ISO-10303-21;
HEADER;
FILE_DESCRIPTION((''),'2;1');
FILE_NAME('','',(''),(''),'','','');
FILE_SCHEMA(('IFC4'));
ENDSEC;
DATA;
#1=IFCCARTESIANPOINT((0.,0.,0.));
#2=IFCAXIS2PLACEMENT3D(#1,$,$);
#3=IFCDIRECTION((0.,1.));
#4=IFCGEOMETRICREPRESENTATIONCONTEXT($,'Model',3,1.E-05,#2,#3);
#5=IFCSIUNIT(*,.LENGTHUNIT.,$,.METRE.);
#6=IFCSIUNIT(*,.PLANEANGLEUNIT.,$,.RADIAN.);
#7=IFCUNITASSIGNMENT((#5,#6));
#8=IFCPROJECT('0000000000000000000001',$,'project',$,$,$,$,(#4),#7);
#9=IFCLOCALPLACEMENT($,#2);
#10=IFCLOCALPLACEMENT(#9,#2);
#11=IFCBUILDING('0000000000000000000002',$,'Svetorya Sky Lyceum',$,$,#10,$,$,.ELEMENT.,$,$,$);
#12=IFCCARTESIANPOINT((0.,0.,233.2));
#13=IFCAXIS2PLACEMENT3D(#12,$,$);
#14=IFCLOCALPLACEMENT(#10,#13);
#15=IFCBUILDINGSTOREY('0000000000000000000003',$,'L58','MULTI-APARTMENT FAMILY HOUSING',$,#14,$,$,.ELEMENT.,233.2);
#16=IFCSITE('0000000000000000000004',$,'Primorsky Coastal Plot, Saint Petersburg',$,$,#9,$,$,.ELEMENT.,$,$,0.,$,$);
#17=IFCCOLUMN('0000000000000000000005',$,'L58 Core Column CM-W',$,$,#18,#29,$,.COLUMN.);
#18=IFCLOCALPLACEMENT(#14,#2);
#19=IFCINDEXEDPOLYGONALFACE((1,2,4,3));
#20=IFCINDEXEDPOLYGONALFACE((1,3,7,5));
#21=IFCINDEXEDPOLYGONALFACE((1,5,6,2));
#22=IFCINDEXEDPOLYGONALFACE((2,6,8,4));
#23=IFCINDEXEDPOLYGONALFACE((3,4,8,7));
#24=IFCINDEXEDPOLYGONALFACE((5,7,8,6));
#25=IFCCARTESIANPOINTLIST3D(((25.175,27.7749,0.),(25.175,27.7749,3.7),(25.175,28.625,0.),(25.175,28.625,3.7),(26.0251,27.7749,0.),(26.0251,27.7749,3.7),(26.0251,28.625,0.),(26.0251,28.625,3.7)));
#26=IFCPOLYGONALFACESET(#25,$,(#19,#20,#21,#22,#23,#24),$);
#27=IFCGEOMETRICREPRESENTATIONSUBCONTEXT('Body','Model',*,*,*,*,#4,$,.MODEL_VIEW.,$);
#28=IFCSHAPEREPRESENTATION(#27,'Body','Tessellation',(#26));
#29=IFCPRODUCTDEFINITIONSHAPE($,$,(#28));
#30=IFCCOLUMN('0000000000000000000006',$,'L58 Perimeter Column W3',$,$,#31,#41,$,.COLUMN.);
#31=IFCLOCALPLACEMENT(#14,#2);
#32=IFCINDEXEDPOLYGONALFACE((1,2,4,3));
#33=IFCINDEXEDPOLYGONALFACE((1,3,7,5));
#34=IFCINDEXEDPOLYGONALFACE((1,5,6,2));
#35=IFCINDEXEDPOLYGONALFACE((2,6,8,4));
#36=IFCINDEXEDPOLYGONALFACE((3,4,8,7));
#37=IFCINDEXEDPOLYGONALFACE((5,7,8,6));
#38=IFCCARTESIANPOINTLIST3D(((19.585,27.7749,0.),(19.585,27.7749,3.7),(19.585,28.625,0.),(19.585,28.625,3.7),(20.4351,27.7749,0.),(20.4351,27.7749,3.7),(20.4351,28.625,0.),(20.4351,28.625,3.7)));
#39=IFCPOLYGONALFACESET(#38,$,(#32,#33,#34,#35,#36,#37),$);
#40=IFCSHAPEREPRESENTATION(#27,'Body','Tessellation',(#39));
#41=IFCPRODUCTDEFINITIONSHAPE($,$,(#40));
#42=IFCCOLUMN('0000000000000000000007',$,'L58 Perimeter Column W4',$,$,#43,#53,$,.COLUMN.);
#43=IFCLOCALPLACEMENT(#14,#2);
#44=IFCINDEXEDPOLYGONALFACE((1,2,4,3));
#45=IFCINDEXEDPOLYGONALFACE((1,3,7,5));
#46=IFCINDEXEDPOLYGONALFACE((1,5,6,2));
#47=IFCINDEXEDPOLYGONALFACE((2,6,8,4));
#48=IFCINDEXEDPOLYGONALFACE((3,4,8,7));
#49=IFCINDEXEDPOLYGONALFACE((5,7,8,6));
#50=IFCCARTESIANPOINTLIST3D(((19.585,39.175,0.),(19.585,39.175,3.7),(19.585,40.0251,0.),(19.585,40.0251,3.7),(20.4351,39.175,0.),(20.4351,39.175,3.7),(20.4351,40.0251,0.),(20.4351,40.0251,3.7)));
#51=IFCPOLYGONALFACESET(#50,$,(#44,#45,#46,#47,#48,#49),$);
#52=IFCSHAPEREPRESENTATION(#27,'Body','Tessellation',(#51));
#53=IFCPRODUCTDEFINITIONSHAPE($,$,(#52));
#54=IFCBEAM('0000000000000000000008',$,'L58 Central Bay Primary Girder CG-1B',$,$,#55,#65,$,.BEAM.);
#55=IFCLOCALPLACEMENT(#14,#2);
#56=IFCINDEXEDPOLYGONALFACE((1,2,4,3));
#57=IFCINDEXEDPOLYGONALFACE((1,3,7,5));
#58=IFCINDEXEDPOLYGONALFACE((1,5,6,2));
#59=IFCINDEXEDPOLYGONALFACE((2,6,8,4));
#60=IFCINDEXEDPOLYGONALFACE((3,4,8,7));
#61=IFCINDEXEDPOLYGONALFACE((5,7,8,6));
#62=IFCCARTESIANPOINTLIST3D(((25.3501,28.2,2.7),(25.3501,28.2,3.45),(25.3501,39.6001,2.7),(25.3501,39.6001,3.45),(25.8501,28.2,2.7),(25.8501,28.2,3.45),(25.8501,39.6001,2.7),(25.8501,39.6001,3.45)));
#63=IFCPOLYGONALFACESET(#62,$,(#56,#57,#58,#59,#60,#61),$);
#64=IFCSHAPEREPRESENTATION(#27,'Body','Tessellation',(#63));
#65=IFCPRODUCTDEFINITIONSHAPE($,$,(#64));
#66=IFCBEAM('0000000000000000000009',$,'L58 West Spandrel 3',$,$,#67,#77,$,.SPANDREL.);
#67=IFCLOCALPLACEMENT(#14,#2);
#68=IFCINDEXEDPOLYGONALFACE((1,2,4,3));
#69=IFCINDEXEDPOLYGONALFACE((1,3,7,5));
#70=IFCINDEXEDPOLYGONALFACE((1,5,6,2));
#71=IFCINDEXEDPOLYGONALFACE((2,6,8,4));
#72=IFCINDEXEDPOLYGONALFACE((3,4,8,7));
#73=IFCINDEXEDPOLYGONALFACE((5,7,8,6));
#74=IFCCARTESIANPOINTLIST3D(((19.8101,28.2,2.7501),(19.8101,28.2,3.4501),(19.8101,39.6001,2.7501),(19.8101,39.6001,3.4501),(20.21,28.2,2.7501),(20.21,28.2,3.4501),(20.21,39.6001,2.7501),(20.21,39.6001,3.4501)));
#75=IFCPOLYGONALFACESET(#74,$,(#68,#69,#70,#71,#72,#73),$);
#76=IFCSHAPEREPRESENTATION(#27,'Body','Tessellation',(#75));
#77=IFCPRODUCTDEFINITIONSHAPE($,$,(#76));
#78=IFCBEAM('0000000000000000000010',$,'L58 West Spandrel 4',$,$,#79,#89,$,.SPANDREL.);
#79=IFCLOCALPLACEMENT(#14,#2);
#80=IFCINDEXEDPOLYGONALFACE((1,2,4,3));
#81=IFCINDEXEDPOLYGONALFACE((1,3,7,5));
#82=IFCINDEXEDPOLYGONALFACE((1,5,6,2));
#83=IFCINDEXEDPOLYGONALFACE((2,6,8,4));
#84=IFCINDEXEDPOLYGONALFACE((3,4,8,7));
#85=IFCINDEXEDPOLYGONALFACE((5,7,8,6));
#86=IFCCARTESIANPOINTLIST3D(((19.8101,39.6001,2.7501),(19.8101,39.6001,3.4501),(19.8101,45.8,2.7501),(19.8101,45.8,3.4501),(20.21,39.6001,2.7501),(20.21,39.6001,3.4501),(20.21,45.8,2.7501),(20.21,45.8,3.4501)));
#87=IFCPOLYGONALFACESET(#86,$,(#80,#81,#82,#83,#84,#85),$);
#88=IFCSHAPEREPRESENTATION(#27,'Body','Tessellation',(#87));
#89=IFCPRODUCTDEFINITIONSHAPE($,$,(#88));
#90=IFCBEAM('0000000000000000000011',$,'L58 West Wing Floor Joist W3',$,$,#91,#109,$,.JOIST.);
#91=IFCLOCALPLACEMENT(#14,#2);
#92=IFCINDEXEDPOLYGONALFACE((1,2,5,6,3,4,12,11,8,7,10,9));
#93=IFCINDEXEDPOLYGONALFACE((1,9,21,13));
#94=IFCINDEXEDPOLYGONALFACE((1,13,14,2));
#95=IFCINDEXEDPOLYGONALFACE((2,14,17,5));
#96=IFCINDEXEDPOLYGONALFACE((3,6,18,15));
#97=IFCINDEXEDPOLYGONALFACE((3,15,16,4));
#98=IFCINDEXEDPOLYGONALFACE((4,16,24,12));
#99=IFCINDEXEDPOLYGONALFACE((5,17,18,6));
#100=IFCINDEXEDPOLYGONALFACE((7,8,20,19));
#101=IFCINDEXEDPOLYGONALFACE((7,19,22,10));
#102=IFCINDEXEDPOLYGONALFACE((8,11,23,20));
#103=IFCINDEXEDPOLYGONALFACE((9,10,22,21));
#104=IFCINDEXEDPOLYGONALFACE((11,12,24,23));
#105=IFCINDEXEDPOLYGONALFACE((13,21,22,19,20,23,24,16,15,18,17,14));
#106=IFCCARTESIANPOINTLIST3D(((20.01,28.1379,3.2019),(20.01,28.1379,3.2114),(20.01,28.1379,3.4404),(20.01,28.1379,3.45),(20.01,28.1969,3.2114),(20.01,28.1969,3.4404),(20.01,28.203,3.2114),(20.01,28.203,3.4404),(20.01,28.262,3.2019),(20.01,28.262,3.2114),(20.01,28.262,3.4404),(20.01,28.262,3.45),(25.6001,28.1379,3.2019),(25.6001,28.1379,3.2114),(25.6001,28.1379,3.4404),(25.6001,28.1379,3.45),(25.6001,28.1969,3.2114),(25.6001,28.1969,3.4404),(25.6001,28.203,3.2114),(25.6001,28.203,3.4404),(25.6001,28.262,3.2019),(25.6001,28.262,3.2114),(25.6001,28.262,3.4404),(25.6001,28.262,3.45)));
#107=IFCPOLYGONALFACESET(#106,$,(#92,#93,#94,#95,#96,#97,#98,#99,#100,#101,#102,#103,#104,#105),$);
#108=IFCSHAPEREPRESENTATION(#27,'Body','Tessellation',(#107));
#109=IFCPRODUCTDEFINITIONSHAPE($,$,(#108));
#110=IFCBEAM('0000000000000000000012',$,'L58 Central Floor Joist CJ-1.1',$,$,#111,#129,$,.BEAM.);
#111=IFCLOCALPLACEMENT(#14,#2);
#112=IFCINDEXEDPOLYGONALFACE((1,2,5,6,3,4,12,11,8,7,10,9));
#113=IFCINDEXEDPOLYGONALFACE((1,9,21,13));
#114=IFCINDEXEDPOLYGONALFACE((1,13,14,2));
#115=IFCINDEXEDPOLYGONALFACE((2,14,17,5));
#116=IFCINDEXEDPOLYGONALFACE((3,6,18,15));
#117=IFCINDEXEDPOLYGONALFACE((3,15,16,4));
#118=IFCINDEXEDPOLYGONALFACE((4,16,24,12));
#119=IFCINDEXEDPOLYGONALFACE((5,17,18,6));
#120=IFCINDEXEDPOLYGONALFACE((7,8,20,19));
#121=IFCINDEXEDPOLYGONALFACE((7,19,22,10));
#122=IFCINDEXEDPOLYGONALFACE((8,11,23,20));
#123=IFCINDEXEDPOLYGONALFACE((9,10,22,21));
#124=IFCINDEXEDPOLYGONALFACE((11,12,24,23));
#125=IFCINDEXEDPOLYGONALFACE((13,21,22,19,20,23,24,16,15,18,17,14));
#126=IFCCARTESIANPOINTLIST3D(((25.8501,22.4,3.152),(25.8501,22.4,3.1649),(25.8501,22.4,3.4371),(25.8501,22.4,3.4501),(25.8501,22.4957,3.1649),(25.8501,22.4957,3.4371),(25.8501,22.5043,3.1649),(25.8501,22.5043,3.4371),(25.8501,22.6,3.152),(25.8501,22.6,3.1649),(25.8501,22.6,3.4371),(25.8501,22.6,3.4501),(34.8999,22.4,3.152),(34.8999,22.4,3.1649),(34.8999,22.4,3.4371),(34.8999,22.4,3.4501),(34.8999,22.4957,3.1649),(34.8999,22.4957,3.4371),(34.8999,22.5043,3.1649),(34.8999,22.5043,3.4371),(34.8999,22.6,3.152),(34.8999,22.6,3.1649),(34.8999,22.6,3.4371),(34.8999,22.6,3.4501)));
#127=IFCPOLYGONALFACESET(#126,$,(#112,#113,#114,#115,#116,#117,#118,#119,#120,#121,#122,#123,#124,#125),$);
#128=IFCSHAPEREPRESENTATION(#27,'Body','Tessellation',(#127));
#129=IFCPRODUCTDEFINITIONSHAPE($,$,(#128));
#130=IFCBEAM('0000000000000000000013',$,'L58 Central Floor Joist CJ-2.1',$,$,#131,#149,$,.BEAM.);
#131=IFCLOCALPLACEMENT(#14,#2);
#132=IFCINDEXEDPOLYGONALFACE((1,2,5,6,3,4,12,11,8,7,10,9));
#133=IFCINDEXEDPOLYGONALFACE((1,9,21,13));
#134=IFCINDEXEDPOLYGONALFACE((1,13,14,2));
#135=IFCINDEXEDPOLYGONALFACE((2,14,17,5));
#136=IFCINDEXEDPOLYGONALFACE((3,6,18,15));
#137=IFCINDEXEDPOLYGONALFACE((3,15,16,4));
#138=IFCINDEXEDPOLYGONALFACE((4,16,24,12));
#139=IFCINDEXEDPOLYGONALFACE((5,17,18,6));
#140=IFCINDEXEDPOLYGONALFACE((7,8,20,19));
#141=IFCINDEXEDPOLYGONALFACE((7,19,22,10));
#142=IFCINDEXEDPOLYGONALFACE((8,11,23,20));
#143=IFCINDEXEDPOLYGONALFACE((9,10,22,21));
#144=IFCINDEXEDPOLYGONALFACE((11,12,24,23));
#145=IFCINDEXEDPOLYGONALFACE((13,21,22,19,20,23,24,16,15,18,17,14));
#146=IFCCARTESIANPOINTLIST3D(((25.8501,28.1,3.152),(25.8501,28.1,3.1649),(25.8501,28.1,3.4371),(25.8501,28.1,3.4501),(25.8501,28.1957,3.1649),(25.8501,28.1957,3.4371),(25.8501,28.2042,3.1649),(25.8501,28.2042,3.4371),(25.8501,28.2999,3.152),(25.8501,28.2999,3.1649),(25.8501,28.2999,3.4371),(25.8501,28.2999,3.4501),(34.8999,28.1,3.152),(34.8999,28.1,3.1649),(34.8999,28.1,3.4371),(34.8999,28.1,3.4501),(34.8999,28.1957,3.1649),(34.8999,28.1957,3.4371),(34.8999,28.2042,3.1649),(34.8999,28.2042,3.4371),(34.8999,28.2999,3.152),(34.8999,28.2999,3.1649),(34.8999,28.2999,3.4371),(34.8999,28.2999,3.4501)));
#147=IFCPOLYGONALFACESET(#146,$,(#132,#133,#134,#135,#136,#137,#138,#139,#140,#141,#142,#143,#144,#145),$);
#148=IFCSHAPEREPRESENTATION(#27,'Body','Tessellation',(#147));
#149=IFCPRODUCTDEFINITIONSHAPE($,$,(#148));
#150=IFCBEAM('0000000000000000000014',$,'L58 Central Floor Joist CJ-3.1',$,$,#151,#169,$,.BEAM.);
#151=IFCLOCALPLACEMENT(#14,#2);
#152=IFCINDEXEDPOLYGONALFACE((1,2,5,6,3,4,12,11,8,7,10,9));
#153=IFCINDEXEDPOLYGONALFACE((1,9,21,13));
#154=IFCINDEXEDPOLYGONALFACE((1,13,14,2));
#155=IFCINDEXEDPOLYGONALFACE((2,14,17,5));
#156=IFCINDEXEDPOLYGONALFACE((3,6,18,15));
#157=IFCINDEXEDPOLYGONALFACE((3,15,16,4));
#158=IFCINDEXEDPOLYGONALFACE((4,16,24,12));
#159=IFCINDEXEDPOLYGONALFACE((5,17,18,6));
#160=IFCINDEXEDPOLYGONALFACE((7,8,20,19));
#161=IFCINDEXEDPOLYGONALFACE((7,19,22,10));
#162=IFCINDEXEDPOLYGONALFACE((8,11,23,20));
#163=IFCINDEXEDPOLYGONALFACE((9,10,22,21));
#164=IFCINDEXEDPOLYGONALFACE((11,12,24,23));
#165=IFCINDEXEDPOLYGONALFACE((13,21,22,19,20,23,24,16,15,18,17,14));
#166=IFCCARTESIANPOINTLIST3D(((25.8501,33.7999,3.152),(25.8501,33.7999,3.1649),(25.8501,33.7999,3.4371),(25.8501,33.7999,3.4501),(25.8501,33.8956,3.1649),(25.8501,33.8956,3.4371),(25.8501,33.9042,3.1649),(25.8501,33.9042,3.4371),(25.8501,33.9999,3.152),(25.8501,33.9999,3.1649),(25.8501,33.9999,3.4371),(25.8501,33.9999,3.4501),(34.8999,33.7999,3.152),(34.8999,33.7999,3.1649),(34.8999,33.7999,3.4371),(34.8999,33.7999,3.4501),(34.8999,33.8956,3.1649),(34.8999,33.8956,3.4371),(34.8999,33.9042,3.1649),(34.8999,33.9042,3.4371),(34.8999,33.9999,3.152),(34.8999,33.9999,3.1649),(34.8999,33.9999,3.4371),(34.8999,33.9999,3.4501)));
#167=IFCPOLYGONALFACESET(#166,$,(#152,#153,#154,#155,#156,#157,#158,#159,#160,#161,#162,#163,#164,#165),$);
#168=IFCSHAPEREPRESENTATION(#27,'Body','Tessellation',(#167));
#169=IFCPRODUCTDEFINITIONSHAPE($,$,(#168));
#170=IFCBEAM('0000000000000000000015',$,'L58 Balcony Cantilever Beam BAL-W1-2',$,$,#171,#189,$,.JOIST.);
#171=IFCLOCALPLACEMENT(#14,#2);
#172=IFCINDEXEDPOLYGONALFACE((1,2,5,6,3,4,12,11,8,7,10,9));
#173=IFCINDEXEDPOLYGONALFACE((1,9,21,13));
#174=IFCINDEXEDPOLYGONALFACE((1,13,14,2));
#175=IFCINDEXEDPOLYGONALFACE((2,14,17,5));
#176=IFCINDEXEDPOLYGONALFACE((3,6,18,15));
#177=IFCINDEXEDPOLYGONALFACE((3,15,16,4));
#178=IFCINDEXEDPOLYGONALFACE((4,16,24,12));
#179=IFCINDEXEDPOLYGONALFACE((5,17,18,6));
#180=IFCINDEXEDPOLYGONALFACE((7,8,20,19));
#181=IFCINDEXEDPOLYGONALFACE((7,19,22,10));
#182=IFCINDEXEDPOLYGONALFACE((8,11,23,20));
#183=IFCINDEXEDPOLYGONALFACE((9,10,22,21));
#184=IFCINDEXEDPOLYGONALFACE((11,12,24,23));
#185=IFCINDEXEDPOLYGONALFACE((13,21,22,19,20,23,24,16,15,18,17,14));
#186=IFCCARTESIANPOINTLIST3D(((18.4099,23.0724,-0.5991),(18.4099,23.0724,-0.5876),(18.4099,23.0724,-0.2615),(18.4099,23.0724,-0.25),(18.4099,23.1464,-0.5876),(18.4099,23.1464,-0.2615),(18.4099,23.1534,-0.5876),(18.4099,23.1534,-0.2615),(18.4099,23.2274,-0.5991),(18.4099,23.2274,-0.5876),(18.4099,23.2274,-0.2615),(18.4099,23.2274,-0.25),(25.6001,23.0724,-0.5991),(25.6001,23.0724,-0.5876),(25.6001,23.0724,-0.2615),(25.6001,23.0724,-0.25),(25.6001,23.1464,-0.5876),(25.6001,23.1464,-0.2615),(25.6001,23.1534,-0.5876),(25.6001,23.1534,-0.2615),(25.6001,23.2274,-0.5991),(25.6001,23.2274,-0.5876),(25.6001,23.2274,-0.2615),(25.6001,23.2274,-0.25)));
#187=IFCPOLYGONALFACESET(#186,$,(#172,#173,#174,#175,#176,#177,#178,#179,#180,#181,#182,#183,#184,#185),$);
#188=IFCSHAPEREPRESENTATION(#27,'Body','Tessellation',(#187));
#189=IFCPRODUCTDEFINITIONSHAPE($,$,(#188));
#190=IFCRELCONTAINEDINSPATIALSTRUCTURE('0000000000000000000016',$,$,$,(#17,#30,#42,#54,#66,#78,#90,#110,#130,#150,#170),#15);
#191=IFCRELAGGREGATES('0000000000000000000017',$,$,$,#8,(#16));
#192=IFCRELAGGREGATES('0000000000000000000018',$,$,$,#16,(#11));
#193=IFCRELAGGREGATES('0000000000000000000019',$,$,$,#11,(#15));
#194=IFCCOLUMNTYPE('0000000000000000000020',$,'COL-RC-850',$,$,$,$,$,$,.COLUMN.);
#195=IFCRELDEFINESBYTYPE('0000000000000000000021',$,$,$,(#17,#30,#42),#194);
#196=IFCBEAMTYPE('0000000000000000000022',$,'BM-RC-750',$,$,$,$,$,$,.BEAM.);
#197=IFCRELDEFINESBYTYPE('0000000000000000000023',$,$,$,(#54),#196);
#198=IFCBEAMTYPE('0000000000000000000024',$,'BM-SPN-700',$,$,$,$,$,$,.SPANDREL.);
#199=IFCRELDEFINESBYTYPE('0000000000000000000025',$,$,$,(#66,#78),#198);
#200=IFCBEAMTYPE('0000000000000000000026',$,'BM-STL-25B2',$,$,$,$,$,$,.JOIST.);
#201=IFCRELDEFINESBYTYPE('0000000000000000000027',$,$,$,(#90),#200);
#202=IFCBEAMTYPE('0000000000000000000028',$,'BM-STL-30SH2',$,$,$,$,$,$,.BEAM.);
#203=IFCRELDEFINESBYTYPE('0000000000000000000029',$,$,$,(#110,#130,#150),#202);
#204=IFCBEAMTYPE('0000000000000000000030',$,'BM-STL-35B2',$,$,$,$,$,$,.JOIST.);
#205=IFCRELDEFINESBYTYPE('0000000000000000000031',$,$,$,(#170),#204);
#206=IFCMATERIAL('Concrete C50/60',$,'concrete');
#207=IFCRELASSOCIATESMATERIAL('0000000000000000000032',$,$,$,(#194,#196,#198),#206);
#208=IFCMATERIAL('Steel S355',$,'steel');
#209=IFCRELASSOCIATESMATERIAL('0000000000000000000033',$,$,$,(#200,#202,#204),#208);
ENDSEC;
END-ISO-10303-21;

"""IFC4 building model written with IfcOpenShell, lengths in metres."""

from ifc_helpers import new_model, si_unit, direction, frame, origin, origin_2d, place, context, subcontext, project, spatial, rectangle, i_section, extrude, material, material_profile, profile_set, type_object, element, save


model = new_model("IFC4")

# Units and contexts
model_context = context("Model", 3, precision=1e-05, world=origin(), true_north=direction((0.0, 1.0)))
body_context = subcontext(model_context, "Body", "Model", "MODEL_VIEW")
ifc_project = project(units=[si_unit("LENGTHUNIT", "METRE"), si_unit("PLANEANGLEUNIT", "RADIAN")], contexts=[model_context])

# Site, building, storey
site_placement = place(None, origin())
site = spatial("IfcSite", under=ifc_project, at=site_placement, Name="Primorsky Coastal Plot, Saint Petersburg", CompositionType="ELEMENT", RefElevation=0.0)
building_placement = place(site_placement, origin())
building = spatial("IfcBuilding", under=site, at=building_placement, Name="Svetorya Sky Lyceum", CompositionType="ELEMENT")
storey_placement = place(building_placement, frame((0.0, 0.0, 233.2)))
storey = spatial("IfcBuildingStorey", under=building, at=storey_placement, Name="L58", Description="MULTI-APARTMENT FAMILY HOUSING", CompositionType="ELEMENT", Elevation=233.2)

# Columns
ifc_material_1 = material(Name="Concrete C50/60", Category="concrete")
ifc_material_profile_1 = material_profile(ifc_material_1, rectangle(XDim=0.8501, YDim=0.8501, at=origin_2d()), Name="RC COL 850x850")
ifc_profile_set_1 = profile_set([ifc_material_profile_1], Name="Concrete C50/60")
column_type = type_object("IfcColumnType", Name="COL-RC-850", PredefinedType="COLUMN", material=ifc_profile_set_1)
for number, where, z_axis, x_axis, name in (
    (1, (25.6001, 28.2, 0.0), (0.0, 0.0, 1.0), (1.0, 0.0, 0.0), "L58 Core Column CM-W"),
    (2, (20.01, 28.2, 0.0), (0.0, 0.0, 1.0), (1.0, 0.0, 0.0), "L58 Perimeter Column W3"),
    (3, (20.01, 39.6001, 0.0), (0.0, 0.0, 1.0), (1.0, 0.0, 0.0), "L58 Perimeter Column W4"),
):
    element("IfcColumn", number, at=place(storey_placement, frame(where, z_axis=z_axis, x_axis=x_axis)), inside=storey, type_object=column_type, Name=name, PredefinedType="COLUMN", context=body_context, shape_type="SweptSolid", body=[
        extrude(rectangle(XDim=0.8501, YDim=0.8501, at=origin_2d()), origin(), (0.0, 0.0, 1.0), 3.7),
    ])

# Beams
ifc_material_profile_2 = material_profile(ifc_material_1, rectangle(XDim=0.5, YDim=0.75, at=origin_2d()), Name="RC BEAM 500x750")
ifc_profile_set_2 = profile_set([ifc_material_profile_2], Name="Concrete C50/60")
beam_type_1 = type_object("IfcBeamType", Name="BM-RC-750", PredefinedType="BEAM", material=ifc_profile_set_2)
beam_1_placement = place(storey_placement, frame((25.6001, 28.2, 3.075), z_axis=(0.0, 1.0, 0.0), x_axis=(-1.0, 0.0, 0.0)))
element("IfcBeam", 4, at=beam_1_placement, inside=storey, type_object=beam_type_1, Name="L58 Central Bay Primary Girder CG-1B", PredefinedType="BEAM", context=body_context, shape_type="SweptSolid", body=[
    extrude(rectangle(XDim=0.5, YDim=0.75, at=origin_2d()), origin(), (0.0, 0.0, 1.0), 11.4001),
])
ifc_material_profile_3 = material_profile(ifc_material_1, rectangle(XDim=0.3999, YDim=0.7, at=origin_2d()), Name="RC SPANDREL 400x700")
ifc_profile_set_3 = profile_set([ifc_material_profile_3], Name="Concrete C50/60")
beam_type_2 = type_object("IfcBeamType", Name="BM-SPN-700", PredefinedType="SPANDREL", material=ifc_profile_set_3)
beam_2_placement = place(storey_placement, frame((20.01, 28.2, 3.1001), z_axis=(0.0, 1.0, 0.0), x_axis=(-1.0, 0.0, 0.0)))
element("IfcBeam", 5, at=beam_2_placement, inside=storey, type_object=beam_type_2, Name="L58 West Spandrel 3", PredefinedType="SPANDREL", context=body_context, shape_type="SweptSolid", body=[
    extrude(rectangle(XDim=0.3999, YDim=0.7, at=origin_2d()), origin(), (0.0, 0.0, 1.0), 11.4001),
])
beam_3_placement = place(storey_placement, frame((20.01, 39.6001, 3.1001), z_axis=(0.0, 1.0, 0.0), x_axis=(-1.0, 0.0, 0.0)))
element("IfcBeam", 6, at=beam_3_placement, inside=storey, type_object=beam_type_2, Name="L58 West Spandrel 4", PredefinedType="SPANDREL", context=body_context, shape_type="SweptSolid", body=[
    extrude(rectangle(XDim=0.3999, YDim=0.7, at=origin_2d()), origin(), (0.0, 0.0, 1.0), 6.2),
])
ifc_material_2 = material(Name="Steel S355", Category="steel")
ifc_material_profile_4 = material_profile(ifc_material_2, i_section(OverallWidth=0.124, OverallDepth=0.248, WebThickness=0.0061, FlangeThickness=0.0095, at=origin_2d()), Name="GOST 25B2")
ifc_profile_set_4 = profile_set([ifc_material_profile_4], Name="Steel S355")
beam_type_3 = type_object("IfcBeamType", Name="BM-STL-25B2", PredefinedType="JOIST", material=ifc_profile_set_4)
beam_4_placement = place(storey_placement, frame((20.01, 28.2, 3.3259), z_axis=(1.0, 0.0, 0.0), x_axis=(0.0, 1.0, 0.0)))
element("IfcBeam", 7, at=beam_4_placement, inside=storey, type_object=beam_type_3, Name="L58 West Wing Floor Joist W3", PredefinedType="JOIST", context=body_context, shape_type="SweptSolid", body=[
    extrude(i_section(OverallWidth=0.124, OverallDepth=0.248, WebThickness=0.0061, FlangeThickness=0.0095, at=origin_2d()), origin(), (0.0, 0.0, 1.0), 5.5901),
])
ifc_material_profile_5 = material_profile(ifc_material_2, i_section(OverallWidth=0.2, OverallDepth=0.2981, WebThickness=0.0085, FlangeThickness=0.0129, at=origin_2d()), Name="GOST 30Sh2")
ifc_profile_set_5 = profile_set([ifc_material_profile_5], Name="Steel S355")
beam_type_4 = type_object("IfcBeamType", Name="BM-STL-30SH2", PredefinedType="BEAM", material=ifc_profile_set_5)
for number, where, z_axis, x_axis, name in (
    (8, (25.8501, 22.5, 3.301), (1.0, 0.0, 0.0), (0.0, 1.0, 0.0), "L58 Central Floor Joist CJ-1.1"),
    (9, (25.8501, 28.2, 3.301), (1.0, 0.0, 0.0), (0.0, 1.0, 0.0), "L58 Central Floor Joist CJ-2.1"),
    (10, (25.8501, 33.8999, 3.301), (1.0, 0.0, 0.0), (0.0, 1.0, 0.0), "L58 Central Floor Joist CJ-3.1"),
):
    element("IfcBeam", number, at=place(storey_placement, frame(where, z_axis=z_axis, x_axis=x_axis)), inside=storey, type_object=beam_type_4, Name=name, PredefinedType="BEAM", context=body_context, shape_type="SweptSolid", body=[
        extrude(i_section(OverallWidth=0.2, OverallDepth=0.2981, WebThickness=0.0085, FlangeThickness=0.0129, at=origin_2d()), origin(), (0.0, 0.0, 1.0), 9.0498),
    ])
ifc_material_profile_6 = material_profile(ifc_material_2, i_section(OverallWidth=0.155, OverallDepth=0.3491, WebThickness=0.0071, FlangeThickness=0.0115, at=origin_2d()), Name="GOST 35B2")
ifc_profile_set_6 = profile_set([ifc_material_profile_6], Name="Steel S355")
beam_type_5 = type_object("IfcBeamType", Name="BM-STL-35B2", PredefinedType="JOIST", material=ifc_profile_set_6)
beam_5_placement = place(storey_placement, frame((25.6001, 23.1499, -0.4246), z_axis=(-1.0, 0.0, 0.0), x_axis=(0.0, -1.0, 0.0)))
element("IfcBeam", 11, at=beam_5_placement, inside=storey, type_object=beam_type_5, Name="L58 Balcony Cantilever Beam BAL-W1-2", PredefinedType="JOIST", context=body_context, shape_type="SweptSolid", body=[
    extrude(i_section(OverallWidth=0.155, OverallDepth=0.3491, WebThickness=0.0071, FlangeThickness=0.0115, at=origin_2d()), origin(), (0.0, 0.0, 1.0), 7.1902),
])

save(model, "model.ifc")
